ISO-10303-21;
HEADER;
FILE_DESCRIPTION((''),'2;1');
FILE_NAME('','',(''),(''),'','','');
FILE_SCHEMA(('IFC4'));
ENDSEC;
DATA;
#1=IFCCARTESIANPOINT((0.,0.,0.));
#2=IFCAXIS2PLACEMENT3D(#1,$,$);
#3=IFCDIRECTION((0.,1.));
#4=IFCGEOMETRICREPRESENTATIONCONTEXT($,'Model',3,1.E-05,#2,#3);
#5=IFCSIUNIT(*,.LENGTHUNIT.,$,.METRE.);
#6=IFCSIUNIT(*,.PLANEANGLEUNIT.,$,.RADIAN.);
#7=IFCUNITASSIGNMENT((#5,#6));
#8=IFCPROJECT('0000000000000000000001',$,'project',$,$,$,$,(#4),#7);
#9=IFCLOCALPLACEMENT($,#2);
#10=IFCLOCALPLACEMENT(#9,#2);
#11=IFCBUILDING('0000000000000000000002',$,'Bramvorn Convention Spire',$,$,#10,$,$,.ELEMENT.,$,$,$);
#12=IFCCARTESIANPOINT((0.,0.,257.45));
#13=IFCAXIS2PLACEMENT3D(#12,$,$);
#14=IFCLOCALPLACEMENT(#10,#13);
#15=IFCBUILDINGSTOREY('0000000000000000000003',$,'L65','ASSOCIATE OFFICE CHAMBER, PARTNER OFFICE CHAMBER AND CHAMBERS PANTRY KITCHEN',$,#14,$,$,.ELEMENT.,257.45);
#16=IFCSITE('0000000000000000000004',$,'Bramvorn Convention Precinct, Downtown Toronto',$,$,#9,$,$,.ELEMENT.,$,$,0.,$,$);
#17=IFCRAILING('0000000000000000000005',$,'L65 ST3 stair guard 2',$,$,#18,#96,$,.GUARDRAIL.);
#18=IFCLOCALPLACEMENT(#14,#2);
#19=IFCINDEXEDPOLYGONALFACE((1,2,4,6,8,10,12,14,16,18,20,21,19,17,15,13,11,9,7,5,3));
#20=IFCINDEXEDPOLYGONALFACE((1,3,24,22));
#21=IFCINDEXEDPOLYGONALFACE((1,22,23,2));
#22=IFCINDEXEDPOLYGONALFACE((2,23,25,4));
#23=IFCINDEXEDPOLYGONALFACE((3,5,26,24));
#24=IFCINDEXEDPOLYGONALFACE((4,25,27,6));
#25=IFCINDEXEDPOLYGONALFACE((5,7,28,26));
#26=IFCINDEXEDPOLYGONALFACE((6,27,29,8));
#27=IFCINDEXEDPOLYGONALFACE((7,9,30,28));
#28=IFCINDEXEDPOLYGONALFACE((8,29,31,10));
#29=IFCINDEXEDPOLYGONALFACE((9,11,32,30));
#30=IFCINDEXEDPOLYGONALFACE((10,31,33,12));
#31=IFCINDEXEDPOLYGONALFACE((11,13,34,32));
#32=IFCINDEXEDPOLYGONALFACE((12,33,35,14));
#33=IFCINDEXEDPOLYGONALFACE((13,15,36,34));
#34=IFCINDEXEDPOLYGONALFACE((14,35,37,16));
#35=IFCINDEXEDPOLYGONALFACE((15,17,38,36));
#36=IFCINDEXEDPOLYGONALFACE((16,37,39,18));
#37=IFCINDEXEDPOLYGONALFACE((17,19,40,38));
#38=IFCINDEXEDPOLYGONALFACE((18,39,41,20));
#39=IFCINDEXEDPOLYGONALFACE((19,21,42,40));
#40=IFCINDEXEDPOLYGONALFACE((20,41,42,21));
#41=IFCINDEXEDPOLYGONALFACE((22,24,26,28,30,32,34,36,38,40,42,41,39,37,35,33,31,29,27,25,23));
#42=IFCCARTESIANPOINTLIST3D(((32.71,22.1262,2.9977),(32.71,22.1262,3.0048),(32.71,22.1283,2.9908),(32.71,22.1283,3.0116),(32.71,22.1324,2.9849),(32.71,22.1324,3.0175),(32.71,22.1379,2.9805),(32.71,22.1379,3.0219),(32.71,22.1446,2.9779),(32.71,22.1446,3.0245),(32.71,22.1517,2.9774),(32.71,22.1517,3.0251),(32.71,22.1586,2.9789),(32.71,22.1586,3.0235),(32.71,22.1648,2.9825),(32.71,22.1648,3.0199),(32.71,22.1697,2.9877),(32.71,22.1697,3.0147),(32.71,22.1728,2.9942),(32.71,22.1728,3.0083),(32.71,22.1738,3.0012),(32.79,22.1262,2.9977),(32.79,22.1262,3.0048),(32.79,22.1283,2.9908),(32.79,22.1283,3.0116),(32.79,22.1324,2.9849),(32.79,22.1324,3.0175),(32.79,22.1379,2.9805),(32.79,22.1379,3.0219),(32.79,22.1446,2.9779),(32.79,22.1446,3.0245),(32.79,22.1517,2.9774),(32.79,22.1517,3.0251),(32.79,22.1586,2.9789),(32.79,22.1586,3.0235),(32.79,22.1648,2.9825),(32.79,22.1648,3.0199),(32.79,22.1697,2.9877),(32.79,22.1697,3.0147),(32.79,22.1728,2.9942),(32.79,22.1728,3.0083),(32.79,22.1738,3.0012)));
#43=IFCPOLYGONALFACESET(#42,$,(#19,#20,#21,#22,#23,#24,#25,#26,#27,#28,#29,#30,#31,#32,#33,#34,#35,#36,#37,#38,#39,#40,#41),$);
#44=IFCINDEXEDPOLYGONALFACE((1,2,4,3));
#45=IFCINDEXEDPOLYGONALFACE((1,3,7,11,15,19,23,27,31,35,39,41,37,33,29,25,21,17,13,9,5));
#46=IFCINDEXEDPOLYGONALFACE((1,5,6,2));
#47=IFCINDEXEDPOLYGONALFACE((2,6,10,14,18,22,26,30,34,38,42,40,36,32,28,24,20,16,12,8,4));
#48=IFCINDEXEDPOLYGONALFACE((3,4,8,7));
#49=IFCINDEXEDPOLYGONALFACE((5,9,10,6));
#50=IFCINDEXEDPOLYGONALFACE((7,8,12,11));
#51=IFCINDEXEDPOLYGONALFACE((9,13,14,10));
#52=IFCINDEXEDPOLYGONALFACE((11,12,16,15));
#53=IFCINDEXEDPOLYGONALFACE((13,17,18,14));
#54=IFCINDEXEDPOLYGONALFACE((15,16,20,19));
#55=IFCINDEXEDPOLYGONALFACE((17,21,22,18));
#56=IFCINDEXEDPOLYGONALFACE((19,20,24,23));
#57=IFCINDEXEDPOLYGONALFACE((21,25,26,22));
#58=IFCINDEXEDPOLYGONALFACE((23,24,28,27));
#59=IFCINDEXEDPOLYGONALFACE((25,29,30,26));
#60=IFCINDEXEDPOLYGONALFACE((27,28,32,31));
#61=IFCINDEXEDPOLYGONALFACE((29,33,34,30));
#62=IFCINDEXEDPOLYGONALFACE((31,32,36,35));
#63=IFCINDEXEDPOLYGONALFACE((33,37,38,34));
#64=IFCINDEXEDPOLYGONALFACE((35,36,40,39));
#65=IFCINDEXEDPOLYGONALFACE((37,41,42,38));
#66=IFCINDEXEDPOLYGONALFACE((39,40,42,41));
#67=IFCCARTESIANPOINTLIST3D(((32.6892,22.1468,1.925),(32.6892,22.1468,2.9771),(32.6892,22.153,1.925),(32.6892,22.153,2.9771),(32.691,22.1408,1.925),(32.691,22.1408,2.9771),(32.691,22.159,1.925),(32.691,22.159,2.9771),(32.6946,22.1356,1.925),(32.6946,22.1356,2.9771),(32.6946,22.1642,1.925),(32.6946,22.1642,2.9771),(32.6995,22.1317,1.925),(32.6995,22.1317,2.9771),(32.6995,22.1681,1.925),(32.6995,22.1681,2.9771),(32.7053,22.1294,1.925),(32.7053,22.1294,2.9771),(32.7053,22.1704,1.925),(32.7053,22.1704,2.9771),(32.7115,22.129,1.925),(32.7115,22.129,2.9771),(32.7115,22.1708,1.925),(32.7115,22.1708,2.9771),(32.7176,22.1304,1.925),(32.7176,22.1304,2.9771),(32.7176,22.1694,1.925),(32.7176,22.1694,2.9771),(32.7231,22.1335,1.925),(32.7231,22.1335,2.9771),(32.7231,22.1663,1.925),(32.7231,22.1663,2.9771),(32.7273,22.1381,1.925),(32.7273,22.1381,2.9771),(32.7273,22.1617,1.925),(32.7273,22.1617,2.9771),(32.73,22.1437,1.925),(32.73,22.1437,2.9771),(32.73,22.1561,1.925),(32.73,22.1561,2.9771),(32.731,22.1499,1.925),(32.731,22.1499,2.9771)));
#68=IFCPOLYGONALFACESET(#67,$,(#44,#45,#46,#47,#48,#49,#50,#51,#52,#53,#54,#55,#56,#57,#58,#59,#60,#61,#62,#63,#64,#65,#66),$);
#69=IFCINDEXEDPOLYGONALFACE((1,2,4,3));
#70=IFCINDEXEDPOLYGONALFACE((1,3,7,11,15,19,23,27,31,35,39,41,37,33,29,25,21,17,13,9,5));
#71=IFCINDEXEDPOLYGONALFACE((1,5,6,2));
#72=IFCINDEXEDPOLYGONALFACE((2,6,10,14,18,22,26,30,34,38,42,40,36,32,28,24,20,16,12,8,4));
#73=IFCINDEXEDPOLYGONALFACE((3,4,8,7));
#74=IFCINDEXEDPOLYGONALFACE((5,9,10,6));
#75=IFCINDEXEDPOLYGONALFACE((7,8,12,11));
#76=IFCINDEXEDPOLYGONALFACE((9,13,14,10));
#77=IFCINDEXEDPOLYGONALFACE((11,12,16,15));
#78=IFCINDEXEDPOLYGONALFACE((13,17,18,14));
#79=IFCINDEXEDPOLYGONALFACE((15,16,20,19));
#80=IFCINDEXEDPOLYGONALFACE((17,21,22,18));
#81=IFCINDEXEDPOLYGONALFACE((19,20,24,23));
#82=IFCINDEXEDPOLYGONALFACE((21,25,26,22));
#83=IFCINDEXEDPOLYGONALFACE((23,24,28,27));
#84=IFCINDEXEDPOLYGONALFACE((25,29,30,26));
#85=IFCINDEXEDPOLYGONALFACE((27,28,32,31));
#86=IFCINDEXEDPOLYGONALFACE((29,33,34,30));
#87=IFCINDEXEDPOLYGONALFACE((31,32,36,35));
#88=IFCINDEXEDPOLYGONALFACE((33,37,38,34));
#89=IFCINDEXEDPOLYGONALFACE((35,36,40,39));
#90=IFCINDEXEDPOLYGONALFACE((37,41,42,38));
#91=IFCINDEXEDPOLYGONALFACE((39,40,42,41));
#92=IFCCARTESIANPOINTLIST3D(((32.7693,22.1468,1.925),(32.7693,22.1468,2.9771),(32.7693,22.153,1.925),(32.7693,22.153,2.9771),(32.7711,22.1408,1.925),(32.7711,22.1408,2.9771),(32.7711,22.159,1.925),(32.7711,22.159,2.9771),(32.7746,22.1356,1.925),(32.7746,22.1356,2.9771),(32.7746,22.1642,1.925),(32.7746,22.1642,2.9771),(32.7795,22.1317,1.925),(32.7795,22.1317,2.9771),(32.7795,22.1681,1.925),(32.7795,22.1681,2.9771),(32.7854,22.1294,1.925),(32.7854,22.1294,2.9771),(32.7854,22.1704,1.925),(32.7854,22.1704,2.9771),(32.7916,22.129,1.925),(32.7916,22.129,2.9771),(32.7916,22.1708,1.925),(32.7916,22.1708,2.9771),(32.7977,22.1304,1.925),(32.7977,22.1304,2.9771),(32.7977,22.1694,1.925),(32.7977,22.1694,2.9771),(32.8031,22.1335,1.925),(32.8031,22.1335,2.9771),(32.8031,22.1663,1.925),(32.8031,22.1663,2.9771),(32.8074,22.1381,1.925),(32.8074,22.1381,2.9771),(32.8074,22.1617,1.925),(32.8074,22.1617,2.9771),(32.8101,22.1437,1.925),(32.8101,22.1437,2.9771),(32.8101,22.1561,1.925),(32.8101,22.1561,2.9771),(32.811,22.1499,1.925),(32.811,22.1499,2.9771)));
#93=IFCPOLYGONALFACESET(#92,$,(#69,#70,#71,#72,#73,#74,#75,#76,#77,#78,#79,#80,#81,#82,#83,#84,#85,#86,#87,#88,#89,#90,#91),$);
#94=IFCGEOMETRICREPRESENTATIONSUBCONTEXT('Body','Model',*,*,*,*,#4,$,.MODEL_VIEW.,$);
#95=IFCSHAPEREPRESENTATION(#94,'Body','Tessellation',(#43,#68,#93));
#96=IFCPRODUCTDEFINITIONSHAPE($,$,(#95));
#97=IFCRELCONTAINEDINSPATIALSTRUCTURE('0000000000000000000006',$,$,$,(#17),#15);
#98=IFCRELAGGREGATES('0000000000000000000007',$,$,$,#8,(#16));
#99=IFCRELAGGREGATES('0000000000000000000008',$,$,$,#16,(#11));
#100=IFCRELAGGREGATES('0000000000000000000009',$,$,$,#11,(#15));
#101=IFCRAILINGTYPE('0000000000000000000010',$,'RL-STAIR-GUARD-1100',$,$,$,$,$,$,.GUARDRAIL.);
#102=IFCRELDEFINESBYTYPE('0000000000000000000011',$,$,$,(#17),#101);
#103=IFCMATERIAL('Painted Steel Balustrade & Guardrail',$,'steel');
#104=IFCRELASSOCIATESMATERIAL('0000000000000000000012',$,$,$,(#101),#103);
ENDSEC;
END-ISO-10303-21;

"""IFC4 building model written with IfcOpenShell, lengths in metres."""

from ifc_helpers import new_model, si_unit, direction, frame, origin, origin_2d, place, context, subcontext, project, spatial, circle, extrude, material, type_object, element, save


model = new_model("IFC4")

# Units and contexts
model_context = context("Model", 3, precision=1e-05, world=origin(), true_north=direction((0.0, 1.0)))
body_context = subcontext(model_context, "Body", "Model", "MODEL_VIEW")
ifc_project = project(units=[si_unit("LENGTHUNIT", "METRE"), si_unit("PLANEANGLEUNIT", "RADIAN")], contexts=[model_context])

# Site, building, storey
site_placement = place(None, origin())
site = spatial("IfcSite", under=ifc_project, at=site_placement, Name="Bramvorn Convention Precinct, Downtown Toronto", CompositionType="ELEMENT", RefElevation=0.0)
building_placement = place(site_placement, origin())
building = spatial("IfcBuilding", under=site, at=building_placement, Name="Bramvorn Convention Spire", CompositionType="ELEMENT")
storey_placement = place(building_placement, frame((0.0, 0.0, 257.45)))
storey = spatial("IfcBuildingStorey", under=building, at=storey_placement, Name="L65", Description="ASSOCIATE OFFICE CHAMBER, PARTNER OFFICE CHAMBER AND CHAMBERS PANTRY KITCHEN", CompositionType="ELEMENT", Elevation=257.45)

# Railing
ifc_material_1 = material(Name="Painted Steel Balustrade & Guardrail", Category="steel")
railing_type_1 = type_object("IfcRailingType", Name="RL-STAIR-GUARD-1100", PredefinedType="GUARDRAIL", material=ifc_material_1)
railing_1_placement = place(storey_placement, frame((32.71, 22.1499, 1.925)))
element("IfcRailing", 1, at=railing_1_placement, inside=storey, type_object=railing_type_1, Name="L65 ST3 stair guard 2", PredefinedType="GUARDRAIL", context=body_context, shape_type="SweptSolid", body=[
    extrude(circle(Radius=0.0239, at=origin_2d()), frame((0.0, 0.0, 1.0762), z_axis=(1.0, 0.0, 0.0), x_axis=(0.0, 1.0, 0.0)), (0.0, 0.0, 1.0), 0.0801),
    extrude(circle(Radius=0.021, at=origin_2d()), origin(), (0.0, 0.0, 1.0), 1.052),
    extrude(circle(Radius=0.021, at=origin_2d()), frame((0.0801, 0.0, 0.0)), (0.0, 0.0, 1.0), 1.052),
])

save(model, "model.ifc")
